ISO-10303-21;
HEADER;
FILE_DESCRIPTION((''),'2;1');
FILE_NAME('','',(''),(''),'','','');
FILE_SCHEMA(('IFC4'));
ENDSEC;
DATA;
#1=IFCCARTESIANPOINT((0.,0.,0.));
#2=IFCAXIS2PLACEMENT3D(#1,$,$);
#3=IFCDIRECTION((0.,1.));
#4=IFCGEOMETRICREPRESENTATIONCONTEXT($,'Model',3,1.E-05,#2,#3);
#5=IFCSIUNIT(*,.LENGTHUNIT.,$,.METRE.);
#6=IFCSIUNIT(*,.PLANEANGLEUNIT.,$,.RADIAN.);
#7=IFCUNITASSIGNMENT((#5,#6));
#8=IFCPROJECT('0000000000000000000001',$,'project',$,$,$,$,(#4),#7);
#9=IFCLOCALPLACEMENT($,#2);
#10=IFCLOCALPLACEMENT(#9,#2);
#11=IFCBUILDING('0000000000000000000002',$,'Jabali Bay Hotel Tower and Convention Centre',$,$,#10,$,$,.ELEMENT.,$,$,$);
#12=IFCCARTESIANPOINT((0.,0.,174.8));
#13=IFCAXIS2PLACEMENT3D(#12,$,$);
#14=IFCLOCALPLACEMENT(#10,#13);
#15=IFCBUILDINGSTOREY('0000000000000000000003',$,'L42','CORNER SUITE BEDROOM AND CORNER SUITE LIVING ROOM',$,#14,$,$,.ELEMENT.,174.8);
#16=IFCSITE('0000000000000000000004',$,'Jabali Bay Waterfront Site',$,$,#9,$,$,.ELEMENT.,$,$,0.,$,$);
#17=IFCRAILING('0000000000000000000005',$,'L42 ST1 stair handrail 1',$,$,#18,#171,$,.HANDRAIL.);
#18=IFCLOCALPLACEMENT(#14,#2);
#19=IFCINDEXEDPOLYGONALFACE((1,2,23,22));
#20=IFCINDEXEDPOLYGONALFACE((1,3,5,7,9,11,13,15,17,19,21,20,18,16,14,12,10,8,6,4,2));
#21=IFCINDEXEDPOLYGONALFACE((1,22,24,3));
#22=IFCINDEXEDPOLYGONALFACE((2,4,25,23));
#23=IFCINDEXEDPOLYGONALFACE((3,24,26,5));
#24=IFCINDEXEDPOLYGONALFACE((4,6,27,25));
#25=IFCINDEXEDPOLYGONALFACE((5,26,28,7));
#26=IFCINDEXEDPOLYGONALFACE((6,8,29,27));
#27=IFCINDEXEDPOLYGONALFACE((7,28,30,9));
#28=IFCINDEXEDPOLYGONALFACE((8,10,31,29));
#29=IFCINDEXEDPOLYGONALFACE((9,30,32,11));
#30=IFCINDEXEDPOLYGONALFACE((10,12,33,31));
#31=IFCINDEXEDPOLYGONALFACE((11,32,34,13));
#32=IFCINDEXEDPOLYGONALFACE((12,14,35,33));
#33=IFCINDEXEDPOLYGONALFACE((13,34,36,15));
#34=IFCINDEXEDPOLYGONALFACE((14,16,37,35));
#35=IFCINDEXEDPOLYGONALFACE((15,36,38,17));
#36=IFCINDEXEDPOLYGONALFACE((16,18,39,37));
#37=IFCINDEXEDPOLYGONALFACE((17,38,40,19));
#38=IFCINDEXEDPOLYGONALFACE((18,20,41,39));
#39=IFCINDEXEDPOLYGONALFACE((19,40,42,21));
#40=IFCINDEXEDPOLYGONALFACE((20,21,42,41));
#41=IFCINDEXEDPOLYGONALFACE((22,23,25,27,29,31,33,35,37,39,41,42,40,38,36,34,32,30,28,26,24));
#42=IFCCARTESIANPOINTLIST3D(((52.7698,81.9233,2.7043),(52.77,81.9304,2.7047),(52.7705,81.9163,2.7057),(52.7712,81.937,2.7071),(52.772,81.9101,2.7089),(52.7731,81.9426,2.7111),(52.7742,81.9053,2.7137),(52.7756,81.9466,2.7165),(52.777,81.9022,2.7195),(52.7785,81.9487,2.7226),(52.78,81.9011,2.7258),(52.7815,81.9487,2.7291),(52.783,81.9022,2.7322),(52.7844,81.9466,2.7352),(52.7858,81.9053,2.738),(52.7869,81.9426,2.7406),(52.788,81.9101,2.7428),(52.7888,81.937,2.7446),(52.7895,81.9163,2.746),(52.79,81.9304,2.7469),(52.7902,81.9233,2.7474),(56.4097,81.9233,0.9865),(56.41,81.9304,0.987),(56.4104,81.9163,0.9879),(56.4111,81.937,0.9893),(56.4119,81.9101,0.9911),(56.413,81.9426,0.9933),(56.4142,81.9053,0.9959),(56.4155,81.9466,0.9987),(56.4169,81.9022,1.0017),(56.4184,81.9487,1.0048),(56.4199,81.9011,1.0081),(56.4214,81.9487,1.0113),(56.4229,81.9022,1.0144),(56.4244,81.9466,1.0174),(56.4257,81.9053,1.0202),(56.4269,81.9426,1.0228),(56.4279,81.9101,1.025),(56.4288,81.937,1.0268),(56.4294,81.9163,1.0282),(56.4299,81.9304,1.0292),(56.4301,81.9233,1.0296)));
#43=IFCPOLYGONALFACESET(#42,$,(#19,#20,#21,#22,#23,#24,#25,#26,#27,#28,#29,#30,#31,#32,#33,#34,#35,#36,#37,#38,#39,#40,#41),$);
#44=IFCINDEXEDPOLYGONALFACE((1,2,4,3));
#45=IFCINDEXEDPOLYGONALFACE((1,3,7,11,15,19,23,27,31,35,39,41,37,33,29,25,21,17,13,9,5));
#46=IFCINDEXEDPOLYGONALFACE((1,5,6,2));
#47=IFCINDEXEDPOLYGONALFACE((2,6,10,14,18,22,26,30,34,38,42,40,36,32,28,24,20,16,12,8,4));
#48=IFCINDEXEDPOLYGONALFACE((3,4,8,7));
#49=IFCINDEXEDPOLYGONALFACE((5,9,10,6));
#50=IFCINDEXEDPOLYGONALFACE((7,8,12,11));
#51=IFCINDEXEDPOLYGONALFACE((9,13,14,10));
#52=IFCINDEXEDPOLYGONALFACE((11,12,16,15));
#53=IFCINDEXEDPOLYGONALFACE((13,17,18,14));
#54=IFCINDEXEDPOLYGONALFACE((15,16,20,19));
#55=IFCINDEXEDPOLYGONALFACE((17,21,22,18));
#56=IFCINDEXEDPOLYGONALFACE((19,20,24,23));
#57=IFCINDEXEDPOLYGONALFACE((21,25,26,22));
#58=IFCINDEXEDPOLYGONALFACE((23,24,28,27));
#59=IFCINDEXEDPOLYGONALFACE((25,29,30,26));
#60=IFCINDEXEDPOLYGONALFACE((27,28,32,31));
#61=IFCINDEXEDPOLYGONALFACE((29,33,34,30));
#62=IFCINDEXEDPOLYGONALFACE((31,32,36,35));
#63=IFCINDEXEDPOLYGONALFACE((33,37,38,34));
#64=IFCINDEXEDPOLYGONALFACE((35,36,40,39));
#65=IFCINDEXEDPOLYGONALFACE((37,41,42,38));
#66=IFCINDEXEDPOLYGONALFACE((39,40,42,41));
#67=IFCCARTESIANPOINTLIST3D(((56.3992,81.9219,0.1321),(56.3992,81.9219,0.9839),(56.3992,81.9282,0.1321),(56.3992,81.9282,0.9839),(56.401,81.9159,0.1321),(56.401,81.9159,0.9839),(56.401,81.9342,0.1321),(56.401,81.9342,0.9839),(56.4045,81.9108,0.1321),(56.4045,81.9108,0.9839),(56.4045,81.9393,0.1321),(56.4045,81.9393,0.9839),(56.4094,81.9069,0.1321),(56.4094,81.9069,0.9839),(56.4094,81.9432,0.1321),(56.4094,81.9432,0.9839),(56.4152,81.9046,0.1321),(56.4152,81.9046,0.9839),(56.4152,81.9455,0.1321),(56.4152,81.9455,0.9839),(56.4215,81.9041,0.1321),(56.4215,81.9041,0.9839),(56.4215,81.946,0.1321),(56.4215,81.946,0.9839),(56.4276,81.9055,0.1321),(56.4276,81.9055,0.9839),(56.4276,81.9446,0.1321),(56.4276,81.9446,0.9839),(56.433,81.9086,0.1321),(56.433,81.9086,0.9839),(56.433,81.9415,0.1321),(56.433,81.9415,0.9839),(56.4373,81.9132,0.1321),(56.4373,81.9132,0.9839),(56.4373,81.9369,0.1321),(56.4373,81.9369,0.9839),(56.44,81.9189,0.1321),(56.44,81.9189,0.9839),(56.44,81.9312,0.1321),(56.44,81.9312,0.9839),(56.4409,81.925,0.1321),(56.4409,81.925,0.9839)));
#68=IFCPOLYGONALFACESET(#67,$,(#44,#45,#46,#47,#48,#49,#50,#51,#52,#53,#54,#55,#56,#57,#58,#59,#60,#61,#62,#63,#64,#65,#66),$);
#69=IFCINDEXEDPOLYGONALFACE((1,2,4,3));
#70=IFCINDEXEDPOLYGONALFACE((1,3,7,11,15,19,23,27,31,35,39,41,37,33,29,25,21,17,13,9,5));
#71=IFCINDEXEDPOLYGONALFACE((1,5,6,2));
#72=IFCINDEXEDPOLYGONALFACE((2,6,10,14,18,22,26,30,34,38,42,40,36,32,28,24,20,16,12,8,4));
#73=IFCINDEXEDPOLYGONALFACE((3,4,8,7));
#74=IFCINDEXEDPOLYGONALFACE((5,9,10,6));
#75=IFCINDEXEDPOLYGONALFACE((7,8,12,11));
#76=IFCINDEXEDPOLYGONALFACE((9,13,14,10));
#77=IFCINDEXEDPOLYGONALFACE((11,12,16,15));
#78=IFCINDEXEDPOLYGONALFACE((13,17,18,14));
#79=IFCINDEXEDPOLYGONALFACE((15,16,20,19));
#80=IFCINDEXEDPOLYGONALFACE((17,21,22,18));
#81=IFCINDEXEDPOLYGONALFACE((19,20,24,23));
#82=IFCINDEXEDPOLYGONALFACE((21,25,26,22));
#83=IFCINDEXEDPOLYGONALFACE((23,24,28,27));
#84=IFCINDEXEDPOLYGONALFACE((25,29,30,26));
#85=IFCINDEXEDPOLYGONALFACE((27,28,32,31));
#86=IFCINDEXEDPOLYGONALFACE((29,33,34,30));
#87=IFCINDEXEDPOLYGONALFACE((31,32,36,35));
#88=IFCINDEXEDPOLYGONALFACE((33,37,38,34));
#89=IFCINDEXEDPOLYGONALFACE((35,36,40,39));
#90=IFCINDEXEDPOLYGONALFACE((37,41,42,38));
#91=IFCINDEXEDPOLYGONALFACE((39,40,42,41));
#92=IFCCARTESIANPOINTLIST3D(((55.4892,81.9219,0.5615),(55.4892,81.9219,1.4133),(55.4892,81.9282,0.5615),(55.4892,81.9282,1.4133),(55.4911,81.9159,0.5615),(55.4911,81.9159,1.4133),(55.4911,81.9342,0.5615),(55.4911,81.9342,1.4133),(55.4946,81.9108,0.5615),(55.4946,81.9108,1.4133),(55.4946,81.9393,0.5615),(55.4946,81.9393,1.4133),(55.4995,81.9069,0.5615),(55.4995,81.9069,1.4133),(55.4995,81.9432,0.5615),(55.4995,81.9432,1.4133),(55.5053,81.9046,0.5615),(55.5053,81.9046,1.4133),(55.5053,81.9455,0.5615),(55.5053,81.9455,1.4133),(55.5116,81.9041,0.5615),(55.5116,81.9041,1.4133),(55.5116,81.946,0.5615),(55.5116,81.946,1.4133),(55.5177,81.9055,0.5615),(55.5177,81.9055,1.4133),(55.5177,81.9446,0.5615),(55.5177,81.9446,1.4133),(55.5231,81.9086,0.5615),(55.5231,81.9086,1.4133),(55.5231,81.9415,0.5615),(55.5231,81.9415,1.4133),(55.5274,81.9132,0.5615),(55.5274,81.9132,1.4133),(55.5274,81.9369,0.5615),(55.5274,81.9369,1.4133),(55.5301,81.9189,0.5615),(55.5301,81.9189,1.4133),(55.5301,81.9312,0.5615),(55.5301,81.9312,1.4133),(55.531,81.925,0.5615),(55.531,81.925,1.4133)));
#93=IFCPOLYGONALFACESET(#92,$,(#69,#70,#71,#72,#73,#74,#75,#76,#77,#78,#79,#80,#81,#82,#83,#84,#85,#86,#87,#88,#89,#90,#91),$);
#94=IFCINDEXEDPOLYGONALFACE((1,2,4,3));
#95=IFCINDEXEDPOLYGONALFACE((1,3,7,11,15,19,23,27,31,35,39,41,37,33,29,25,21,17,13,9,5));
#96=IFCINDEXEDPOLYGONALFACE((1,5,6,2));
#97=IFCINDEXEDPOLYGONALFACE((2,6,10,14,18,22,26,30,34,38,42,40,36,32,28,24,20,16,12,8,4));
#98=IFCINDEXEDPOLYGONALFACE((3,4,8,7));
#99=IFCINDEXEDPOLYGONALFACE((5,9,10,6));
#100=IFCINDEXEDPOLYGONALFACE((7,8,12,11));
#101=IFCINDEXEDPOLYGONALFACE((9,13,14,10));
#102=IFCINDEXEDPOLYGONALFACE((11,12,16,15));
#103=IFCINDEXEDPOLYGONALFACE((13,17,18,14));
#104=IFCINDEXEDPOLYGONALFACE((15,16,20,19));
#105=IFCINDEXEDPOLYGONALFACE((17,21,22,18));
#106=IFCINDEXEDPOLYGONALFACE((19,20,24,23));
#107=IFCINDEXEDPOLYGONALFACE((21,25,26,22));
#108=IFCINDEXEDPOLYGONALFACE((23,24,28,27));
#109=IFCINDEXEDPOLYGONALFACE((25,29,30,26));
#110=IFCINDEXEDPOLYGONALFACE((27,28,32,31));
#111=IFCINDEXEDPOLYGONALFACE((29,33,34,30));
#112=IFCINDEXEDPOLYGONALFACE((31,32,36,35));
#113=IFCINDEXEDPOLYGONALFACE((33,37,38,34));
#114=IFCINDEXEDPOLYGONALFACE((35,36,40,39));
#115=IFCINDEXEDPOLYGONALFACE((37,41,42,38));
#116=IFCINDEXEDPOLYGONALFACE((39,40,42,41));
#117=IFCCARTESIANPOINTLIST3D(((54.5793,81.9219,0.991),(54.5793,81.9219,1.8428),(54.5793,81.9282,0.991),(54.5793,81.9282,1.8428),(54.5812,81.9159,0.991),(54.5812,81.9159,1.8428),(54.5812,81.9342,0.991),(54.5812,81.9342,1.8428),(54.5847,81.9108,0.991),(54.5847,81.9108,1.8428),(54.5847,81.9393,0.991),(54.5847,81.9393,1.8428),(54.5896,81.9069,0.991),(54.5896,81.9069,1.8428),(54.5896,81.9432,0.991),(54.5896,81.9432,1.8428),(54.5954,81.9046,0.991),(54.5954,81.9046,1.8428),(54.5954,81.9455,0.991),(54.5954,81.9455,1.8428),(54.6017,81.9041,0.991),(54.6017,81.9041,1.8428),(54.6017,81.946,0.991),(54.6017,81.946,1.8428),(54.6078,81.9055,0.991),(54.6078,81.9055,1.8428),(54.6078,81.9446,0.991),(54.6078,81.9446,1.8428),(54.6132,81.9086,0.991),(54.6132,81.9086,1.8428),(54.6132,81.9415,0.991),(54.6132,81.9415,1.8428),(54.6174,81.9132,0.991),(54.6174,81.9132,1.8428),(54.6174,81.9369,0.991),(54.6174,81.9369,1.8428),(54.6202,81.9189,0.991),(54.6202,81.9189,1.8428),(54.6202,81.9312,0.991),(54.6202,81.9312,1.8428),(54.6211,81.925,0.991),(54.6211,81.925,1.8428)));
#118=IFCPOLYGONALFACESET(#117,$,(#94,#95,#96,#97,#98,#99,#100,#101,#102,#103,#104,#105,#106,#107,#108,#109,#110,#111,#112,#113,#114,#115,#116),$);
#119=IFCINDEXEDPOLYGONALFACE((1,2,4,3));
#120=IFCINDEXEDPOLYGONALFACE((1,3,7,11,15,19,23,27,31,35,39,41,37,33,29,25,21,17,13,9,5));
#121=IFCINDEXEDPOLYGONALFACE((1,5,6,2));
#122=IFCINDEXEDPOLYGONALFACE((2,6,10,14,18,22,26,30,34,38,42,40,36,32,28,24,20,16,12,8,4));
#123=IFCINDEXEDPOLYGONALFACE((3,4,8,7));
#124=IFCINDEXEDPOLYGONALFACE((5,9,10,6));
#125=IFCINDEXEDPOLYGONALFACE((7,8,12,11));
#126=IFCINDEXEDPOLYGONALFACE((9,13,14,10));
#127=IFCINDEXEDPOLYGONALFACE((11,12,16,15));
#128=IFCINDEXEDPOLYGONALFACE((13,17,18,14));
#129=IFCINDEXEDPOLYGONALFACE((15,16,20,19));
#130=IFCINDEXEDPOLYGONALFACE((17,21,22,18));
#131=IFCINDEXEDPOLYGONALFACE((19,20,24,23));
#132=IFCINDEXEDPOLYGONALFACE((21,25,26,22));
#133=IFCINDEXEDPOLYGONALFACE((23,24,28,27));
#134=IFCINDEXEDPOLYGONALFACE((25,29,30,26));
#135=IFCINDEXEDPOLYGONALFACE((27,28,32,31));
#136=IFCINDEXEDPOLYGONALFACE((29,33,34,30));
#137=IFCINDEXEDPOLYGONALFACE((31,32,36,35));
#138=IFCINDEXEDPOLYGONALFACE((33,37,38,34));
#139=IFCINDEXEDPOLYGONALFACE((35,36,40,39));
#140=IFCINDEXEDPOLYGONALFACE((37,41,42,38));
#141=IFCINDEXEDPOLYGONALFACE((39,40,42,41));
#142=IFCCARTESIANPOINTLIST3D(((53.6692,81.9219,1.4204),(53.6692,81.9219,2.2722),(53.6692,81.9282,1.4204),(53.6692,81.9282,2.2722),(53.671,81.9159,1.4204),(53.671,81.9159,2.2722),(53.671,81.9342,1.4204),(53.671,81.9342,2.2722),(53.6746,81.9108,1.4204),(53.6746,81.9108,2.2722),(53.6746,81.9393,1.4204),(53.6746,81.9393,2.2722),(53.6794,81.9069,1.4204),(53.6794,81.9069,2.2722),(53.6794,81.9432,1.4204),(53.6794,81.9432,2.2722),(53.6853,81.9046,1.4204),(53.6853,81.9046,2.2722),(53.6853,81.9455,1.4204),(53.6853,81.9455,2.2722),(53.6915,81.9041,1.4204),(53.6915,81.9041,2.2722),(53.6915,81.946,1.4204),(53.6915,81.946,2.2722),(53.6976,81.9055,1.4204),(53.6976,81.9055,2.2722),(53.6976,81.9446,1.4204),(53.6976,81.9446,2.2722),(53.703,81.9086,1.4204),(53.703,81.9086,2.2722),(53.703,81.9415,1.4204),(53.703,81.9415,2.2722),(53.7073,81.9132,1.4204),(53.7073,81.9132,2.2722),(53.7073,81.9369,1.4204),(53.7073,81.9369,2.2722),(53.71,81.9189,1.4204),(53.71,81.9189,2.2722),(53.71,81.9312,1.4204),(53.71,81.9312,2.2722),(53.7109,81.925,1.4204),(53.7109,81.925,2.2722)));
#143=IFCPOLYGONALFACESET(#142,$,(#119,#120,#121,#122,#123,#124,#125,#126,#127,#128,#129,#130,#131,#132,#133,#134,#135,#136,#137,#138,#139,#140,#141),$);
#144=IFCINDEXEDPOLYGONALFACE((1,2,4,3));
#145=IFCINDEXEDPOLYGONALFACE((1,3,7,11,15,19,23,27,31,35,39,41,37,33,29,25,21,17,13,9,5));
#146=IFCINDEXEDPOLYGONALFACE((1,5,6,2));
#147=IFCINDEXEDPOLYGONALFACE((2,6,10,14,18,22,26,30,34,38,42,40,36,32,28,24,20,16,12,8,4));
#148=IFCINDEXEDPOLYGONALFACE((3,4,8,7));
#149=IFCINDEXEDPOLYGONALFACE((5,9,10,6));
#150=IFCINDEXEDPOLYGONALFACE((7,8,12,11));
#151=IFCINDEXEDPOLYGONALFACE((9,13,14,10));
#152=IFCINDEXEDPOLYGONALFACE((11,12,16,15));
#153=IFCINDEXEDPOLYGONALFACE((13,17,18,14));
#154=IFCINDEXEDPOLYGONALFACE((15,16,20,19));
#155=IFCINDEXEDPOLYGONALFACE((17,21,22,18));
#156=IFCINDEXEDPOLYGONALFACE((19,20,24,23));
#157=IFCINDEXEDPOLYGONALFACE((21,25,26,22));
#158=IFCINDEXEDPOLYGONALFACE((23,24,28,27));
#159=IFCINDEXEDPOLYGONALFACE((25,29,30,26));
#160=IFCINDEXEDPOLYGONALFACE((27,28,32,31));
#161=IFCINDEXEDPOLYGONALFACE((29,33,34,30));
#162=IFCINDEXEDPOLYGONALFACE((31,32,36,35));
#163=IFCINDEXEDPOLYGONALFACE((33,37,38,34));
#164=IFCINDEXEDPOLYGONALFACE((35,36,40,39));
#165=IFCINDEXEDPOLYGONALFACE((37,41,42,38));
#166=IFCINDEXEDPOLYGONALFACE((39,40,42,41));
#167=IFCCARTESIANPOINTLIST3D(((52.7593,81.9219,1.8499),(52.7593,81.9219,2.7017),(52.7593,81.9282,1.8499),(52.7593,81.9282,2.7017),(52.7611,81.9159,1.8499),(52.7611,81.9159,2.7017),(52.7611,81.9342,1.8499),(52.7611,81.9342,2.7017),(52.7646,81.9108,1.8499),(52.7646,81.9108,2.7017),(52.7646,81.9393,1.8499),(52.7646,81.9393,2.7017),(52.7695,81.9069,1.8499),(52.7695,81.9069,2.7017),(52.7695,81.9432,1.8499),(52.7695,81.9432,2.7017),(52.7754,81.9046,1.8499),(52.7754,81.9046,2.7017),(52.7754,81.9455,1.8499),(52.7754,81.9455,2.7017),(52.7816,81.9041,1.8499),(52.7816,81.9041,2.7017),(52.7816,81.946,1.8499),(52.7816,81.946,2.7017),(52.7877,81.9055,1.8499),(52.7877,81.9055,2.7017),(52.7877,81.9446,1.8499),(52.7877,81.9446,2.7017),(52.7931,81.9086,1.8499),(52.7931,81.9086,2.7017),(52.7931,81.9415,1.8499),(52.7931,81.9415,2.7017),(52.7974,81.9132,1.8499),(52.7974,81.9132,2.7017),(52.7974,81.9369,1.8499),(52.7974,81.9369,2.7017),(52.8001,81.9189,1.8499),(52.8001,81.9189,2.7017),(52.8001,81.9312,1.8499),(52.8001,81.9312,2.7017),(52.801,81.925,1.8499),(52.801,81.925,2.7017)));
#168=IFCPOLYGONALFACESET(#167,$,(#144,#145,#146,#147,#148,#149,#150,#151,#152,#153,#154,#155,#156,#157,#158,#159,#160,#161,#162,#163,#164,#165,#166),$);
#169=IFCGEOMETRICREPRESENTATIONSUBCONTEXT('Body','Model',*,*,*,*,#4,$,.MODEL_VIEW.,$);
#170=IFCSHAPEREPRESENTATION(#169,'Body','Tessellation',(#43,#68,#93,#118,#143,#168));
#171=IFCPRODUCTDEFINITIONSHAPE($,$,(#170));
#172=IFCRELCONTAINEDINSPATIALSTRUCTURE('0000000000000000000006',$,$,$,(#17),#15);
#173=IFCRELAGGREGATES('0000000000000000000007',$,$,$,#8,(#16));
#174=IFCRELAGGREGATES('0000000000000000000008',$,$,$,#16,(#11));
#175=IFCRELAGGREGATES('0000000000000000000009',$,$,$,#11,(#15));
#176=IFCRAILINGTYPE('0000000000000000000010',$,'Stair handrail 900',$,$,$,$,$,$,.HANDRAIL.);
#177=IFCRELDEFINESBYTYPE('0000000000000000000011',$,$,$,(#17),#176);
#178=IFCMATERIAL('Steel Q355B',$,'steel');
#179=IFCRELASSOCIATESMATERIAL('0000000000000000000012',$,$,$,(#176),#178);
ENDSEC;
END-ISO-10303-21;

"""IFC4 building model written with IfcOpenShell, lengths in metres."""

from ifc_helpers import new_model, si_unit, direction, frame, origin, origin_2d, place, context, subcontext, project, spatial, circle, extrude, material, type_object, element, save


model = new_model("IFC4")

# Units and contexts
model_context = context("Model", 3, precision=1e-05, world=origin(), true_north=direction((0.0, 1.0)))
body_context = subcontext(model_context, "Body", "Model", "MODEL_VIEW")
ifc_project = project(units=[si_unit("LENGTHUNIT", "METRE"), si_unit("PLANEANGLEUNIT", "RADIAN")], contexts=[model_context])

# Site, building, storey
site_placement = place(None, origin())
site = spatial("IfcSite", under=ifc_project, at=site_placement, Name="Jabali Bay Waterfront Site", CompositionType="ELEMENT", RefElevation=0.0)
building_placement = place(site_placement, origin())
building = spatial("IfcBuilding", under=site, at=building_placement, Name="Jabali Bay Hotel Tower and Convention Centre", CompositionType="ELEMENT")
storey_placement = place(building_placement, frame((0.0, 0.0, 174.8)))
storey = spatial("IfcBuildingStorey", under=building, at=storey_placement, Name="L42", Description="CORNER SUITE BEDROOM AND CORNER SUITE LIVING ROOM", CompositionType="ELEMENT", Elevation=174.8)

# Railing
ifc_material_1 = material(Name="Steel Q355B", Category="steel")
railing_type_1 = type_object("IfcRailingType", Name="Stair handrail 900", PredefinedType="HANDRAIL", material=ifc_material_1)
railing_1_placement = place(storey_placement, frame((56.4199, 81.925, 0.1321)))
element("IfcRailing", 1, at=railing_1_placement, inside=storey, type_object=railing_type_1, Name="L42 ST1 stair handrail 1", PredefinedType="HANDRAIL", context=body_context, shape_type="SweptSolid", body=[
    extrude(circle(Radius=0.0239, at=origin_2d()), frame((0.0, 0.0, 0.876), z_axis=(-0.904351, 0.0, 0.42679), x_axis=(0.0, -1.0, 0.0)), (0.0, 0.0, 1.0), 4.0249),
    extrude(circle(Radius=0.021, at=origin_2d()), origin(), (0.0, 0.0, 1.0), 0.8518),
    extrude(circle(Radius=0.021, at=origin_2d()), frame((-0.9099, 0.0, 0.4294)), (0.0, 0.0, 1.0), 0.8518),
    extrude(circle(Radius=0.021, at=origin_2d()), frame((-1.8198, 0.0, 0.8589)), (0.0, 0.0, 1.0), 0.8518),
    extrude(circle(Radius=0.021, at=origin_2d()), frame((-2.73, 0.0, 1.2883)), (0.0, 0.0, 1.0), 0.8518),
    extrude(circle(Radius=0.021, at=origin_2d()), frame((-3.6399, 0.0, 1.7178)), (0.0, 0.0, 1.0), 0.8518),
])

save(model, "model.ifc")
